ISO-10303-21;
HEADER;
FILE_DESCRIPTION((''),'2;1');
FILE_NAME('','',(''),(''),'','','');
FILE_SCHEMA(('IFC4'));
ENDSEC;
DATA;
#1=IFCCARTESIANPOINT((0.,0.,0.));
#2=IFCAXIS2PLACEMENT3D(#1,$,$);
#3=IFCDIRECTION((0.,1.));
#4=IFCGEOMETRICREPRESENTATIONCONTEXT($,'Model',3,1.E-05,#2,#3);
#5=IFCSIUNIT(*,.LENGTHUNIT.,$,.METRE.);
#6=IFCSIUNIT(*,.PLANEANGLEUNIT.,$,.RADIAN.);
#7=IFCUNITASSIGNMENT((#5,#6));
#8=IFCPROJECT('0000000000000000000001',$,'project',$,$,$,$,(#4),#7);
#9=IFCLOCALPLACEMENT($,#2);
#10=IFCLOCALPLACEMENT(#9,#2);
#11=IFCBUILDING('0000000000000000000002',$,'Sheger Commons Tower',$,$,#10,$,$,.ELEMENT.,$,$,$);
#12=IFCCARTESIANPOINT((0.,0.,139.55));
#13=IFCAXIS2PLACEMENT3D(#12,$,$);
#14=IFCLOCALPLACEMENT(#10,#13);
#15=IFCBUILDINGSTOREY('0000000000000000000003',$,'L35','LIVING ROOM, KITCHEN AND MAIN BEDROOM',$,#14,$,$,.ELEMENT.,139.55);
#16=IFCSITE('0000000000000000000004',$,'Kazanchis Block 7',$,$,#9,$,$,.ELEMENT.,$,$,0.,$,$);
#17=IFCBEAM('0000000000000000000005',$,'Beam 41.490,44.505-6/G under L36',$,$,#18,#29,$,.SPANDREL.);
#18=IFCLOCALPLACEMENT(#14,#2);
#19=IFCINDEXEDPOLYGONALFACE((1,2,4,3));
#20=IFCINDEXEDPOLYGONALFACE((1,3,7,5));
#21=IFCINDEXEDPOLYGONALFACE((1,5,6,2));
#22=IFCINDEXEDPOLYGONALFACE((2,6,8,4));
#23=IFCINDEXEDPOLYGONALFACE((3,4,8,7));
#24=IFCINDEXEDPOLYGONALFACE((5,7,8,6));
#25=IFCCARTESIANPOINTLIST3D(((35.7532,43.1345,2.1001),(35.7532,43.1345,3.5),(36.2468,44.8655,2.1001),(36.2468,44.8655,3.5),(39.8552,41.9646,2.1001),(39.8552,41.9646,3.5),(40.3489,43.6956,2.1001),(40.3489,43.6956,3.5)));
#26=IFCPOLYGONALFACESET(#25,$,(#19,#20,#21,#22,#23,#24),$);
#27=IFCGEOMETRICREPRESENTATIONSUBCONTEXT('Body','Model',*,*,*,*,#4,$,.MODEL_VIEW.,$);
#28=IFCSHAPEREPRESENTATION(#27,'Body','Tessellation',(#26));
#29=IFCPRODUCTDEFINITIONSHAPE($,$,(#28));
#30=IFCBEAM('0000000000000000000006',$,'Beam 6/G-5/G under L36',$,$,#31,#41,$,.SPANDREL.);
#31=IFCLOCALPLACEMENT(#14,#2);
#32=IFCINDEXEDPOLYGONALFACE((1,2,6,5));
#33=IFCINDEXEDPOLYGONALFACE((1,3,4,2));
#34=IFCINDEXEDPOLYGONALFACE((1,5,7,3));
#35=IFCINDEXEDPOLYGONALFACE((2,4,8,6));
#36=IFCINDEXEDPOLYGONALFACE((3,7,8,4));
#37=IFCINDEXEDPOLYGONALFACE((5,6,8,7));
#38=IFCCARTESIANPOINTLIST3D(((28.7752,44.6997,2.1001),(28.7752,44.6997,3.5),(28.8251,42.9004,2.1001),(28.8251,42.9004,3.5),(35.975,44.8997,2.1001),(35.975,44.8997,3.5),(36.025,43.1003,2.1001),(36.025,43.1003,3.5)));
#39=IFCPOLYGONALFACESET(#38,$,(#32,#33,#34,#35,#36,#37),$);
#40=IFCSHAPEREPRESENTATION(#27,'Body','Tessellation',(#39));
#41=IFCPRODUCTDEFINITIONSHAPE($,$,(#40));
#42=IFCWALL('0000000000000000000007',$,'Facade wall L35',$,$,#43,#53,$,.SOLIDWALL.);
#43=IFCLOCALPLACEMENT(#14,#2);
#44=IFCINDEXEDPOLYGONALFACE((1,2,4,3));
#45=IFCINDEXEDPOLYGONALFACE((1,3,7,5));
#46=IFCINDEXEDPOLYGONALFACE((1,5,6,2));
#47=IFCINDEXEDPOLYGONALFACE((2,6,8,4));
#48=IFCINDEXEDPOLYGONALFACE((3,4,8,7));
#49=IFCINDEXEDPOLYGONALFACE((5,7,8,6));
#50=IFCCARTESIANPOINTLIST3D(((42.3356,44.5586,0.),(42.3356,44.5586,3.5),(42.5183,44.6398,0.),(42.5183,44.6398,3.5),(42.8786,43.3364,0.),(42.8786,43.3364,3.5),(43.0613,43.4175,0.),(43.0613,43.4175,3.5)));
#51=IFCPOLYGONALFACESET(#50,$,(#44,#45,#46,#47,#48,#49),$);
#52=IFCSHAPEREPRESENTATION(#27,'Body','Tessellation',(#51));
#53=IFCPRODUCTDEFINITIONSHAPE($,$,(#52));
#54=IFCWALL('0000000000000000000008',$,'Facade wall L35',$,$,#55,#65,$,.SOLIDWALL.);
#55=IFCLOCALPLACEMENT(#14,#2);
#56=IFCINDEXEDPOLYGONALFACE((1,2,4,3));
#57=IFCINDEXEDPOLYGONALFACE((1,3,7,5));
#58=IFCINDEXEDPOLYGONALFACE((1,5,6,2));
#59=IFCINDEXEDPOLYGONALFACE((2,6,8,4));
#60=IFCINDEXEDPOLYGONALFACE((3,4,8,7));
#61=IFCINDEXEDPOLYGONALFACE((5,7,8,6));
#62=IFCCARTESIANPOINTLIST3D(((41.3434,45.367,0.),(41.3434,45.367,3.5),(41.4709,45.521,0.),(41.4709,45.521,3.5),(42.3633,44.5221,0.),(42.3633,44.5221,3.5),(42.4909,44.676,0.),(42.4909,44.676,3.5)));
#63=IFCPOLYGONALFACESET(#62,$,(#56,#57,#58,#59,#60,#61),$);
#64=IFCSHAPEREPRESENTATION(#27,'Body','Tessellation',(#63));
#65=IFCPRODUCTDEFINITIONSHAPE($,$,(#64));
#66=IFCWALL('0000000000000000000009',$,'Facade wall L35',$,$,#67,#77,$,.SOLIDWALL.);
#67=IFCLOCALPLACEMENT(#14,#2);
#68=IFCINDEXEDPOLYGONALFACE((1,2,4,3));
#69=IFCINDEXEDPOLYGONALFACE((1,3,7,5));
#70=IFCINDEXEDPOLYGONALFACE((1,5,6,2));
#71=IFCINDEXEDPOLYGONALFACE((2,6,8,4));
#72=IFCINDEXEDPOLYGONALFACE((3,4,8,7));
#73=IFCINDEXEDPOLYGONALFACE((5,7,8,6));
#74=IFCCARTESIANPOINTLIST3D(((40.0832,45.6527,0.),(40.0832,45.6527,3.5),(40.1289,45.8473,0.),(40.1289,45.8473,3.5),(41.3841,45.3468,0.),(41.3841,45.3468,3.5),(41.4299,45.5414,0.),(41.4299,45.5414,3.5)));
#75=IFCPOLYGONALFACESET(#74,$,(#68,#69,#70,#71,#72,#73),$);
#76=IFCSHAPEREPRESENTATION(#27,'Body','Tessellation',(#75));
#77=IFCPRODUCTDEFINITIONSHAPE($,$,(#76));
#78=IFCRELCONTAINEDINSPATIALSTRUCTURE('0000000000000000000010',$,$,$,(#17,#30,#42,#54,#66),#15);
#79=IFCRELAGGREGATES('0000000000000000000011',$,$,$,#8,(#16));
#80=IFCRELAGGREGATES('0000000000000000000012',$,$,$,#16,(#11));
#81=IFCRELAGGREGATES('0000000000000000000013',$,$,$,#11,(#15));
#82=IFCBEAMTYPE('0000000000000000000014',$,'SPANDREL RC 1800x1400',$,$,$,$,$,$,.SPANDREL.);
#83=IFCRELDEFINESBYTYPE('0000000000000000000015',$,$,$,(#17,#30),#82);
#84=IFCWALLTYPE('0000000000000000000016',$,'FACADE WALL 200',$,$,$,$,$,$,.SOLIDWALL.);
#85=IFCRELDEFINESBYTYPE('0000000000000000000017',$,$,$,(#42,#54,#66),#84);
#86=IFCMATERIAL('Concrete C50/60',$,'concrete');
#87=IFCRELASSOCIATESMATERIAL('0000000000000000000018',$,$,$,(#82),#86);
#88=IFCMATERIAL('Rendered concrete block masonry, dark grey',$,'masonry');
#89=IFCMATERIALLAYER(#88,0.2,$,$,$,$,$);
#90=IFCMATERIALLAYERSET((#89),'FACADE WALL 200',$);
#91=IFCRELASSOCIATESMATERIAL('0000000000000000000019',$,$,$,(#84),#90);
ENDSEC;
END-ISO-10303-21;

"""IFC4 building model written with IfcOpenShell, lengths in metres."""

from ifc_helpers import new_model, si_unit, direction, frame, frame_2d, origin, origin_2d, place, context, subcontext, project, spatial, rectangle, extrude, material, layer, layer_set, material_profile, profile_set, type_object, element, save


model = new_model("IFC4")

# Units and contexts
model_context = context("Model", 3, precision=1e-05, world=origin(), true_north=direction((0.0, 1.0)))
body_context = subcontext(model_context, "Body", "Model", "MODEL_VIEW")
ifc_project = project(units=[si_unit("LENGTHUNIT", "METRE"), si_unit("PLANEANGLEUNIT", "RADIAN")], contexts=[model_context])

# Site, building, storey
site_placement = place(None, origin())
site = spatial("IfcSite", under=ifc_project, at=site_placement, Name="Kazanchis Block 7", CompositionType="ELEMENT", RefElevation=0.0)
building_placement = place(site_placement, origin())
building = spatial("IfcBuilding", under=site, at=building_placement, Name="Sheger Commons Tower", CompositionType="ELEMENT")
storey_placement = place(building_placement, frame((0.0, 0.0, 139.55)))
storey = spatial("IfcBuildingStorey", under=building, at=storey_placement, Name="L35", Description="LIVING ROOM, KITCHEN AND MAIN BEDROOM", CompositionType="ELEMENT", Elevation=139.55)

# Beams
ifc_material_1 = material(Name="Concrete C50/60", Category="concrete")
ifc_material_profile = material_profile(ifc_material_1, rectangle(XDim=1.8, YDim=1.3999, at=origin_2d()), Name="RC 1800x1400")
ifc_profile_set = profile_set([ifc_material_profile], Name="Concrete C50/60")
beam_type = type_object("IfcBeamType", Name="SPANDREL RC 1800x1400", PredefinedType="SPANDREL", material=ifc_profile_set)
beam_1_placement = place(storey_placement, frame((40.1021, 42.8301, 2.8), z_axis=(-0.961653, 0.274268, 0.0), x_axis=(-0.274268, -0.961653, 0.0)))
element("IfcBeam", 1, at=beam_1_placement, inside=storey, type_object=beam_type, Name="Beam 41.490,44.505-6/G under L36", PredefinedType="SPANDREL", context=body_context, shape_type="SweptSolid", body=[
    extrude(rectangle(XDim=1.8, YDim=1.3999, at=origin_2d()), origin(), (0.0, 0.0, 1.0), 4.2656),
])
beam_2_placement = place(storey_placement, frame((36.0, 44.0, 2.8), z_axis=(-0.999615, -0.02776, 0.0), x_axis=(0.02776, -0.999615, 0.0)))
element("IfcBeam", 2, at=beam_2_placement, inside=storey, type_object=beam_type, Name="Beam 6/G-5/G under L36", PredefinedType="SPANDREL", context=body_context, shape_type="SweptSolid", body=[
    extrude(rectangle(XDim=1.8, YDim=1.3999, at=origin_2d()), origin(), (0.0, 0.0, 1.0), 7.2026),
])

# Walls
ifc_material_2 = material(Name="Rendered concrete block masonry, dark grey", Category="masonry")
ifc_layer_1 = layer(ifc_material_2, 0.2)
ifc_layer_set_1 = layer_set([ifc_layer_1], Name="FACADE WALL 200")
wall_type_1 = type_object("IfcWallType", Name="FACADE WALL 200", PredefinedType="SOLIDWALL", material=ifc_layer_set_1)
wall_1_placement = place(storey_placement, frame((42.97, 43.377, 0.0), z_axis=(0.0, 0.0, 1.0), x_axis=(-0.406003, 0.913872, 0.0)))
element("IfcWall", 3, at=wall_1_placement, inside=storey, type_object=wall_type_1, Name="Facade wall L35", PredefinedType="SOLIDWALL", context=body_context, shape_type="SweptSolid", body=[
    extrude(rectangle(XDim=1.3374, YDim=0.2, at=frame_2d((0.6687, 0.0))), origin(), (0.0, 0.0, 1.0), 3.5),
])
wall_2_placement = place(storey_placement, frame((42.427, 44.5991, 0.0), z_axis=(0.0, 0.0, 1.0), x_axis=(-0.770091, 0.637934, 0.0)))
element("IfcWall", 4, at=wall_2_placement, inside=storey, type_object=wall_type_1, Name="Facade wall L35", PredefinedType="SOLIDWALL", context=body_context, shape_type="SweptSolid", body=[
    extrude(rectangle(XDim=1.3245, YDim=0.2, at=frame_2d((0.6621, 0.0))), origin(), (0.0, 0.0, 1.0), 3.5),
])
wall_3_placement = place(storey_placement, frame((41.407, 45.4441, 0.0), z_axis=(0.0, 0.0, 1.0), x_axis=(-0.973453, 0.228887, 0.0)))
element("IfcWall", 5, at=wall_3_placement, inside=storey, type_object=wall_type_1, Name="Facade wall L35", PredefinedType="SOLIDWALL", context=body_context, shape_type="SweptSolid", body=[
    extrude(rectangle(XDim=1.3364, YDim=0.2, at=frame_2d((0.6682, 0.0))), origin(), (0.0, 0.0, 1.0), 3.5),
])

save(model, "model.ifc")
